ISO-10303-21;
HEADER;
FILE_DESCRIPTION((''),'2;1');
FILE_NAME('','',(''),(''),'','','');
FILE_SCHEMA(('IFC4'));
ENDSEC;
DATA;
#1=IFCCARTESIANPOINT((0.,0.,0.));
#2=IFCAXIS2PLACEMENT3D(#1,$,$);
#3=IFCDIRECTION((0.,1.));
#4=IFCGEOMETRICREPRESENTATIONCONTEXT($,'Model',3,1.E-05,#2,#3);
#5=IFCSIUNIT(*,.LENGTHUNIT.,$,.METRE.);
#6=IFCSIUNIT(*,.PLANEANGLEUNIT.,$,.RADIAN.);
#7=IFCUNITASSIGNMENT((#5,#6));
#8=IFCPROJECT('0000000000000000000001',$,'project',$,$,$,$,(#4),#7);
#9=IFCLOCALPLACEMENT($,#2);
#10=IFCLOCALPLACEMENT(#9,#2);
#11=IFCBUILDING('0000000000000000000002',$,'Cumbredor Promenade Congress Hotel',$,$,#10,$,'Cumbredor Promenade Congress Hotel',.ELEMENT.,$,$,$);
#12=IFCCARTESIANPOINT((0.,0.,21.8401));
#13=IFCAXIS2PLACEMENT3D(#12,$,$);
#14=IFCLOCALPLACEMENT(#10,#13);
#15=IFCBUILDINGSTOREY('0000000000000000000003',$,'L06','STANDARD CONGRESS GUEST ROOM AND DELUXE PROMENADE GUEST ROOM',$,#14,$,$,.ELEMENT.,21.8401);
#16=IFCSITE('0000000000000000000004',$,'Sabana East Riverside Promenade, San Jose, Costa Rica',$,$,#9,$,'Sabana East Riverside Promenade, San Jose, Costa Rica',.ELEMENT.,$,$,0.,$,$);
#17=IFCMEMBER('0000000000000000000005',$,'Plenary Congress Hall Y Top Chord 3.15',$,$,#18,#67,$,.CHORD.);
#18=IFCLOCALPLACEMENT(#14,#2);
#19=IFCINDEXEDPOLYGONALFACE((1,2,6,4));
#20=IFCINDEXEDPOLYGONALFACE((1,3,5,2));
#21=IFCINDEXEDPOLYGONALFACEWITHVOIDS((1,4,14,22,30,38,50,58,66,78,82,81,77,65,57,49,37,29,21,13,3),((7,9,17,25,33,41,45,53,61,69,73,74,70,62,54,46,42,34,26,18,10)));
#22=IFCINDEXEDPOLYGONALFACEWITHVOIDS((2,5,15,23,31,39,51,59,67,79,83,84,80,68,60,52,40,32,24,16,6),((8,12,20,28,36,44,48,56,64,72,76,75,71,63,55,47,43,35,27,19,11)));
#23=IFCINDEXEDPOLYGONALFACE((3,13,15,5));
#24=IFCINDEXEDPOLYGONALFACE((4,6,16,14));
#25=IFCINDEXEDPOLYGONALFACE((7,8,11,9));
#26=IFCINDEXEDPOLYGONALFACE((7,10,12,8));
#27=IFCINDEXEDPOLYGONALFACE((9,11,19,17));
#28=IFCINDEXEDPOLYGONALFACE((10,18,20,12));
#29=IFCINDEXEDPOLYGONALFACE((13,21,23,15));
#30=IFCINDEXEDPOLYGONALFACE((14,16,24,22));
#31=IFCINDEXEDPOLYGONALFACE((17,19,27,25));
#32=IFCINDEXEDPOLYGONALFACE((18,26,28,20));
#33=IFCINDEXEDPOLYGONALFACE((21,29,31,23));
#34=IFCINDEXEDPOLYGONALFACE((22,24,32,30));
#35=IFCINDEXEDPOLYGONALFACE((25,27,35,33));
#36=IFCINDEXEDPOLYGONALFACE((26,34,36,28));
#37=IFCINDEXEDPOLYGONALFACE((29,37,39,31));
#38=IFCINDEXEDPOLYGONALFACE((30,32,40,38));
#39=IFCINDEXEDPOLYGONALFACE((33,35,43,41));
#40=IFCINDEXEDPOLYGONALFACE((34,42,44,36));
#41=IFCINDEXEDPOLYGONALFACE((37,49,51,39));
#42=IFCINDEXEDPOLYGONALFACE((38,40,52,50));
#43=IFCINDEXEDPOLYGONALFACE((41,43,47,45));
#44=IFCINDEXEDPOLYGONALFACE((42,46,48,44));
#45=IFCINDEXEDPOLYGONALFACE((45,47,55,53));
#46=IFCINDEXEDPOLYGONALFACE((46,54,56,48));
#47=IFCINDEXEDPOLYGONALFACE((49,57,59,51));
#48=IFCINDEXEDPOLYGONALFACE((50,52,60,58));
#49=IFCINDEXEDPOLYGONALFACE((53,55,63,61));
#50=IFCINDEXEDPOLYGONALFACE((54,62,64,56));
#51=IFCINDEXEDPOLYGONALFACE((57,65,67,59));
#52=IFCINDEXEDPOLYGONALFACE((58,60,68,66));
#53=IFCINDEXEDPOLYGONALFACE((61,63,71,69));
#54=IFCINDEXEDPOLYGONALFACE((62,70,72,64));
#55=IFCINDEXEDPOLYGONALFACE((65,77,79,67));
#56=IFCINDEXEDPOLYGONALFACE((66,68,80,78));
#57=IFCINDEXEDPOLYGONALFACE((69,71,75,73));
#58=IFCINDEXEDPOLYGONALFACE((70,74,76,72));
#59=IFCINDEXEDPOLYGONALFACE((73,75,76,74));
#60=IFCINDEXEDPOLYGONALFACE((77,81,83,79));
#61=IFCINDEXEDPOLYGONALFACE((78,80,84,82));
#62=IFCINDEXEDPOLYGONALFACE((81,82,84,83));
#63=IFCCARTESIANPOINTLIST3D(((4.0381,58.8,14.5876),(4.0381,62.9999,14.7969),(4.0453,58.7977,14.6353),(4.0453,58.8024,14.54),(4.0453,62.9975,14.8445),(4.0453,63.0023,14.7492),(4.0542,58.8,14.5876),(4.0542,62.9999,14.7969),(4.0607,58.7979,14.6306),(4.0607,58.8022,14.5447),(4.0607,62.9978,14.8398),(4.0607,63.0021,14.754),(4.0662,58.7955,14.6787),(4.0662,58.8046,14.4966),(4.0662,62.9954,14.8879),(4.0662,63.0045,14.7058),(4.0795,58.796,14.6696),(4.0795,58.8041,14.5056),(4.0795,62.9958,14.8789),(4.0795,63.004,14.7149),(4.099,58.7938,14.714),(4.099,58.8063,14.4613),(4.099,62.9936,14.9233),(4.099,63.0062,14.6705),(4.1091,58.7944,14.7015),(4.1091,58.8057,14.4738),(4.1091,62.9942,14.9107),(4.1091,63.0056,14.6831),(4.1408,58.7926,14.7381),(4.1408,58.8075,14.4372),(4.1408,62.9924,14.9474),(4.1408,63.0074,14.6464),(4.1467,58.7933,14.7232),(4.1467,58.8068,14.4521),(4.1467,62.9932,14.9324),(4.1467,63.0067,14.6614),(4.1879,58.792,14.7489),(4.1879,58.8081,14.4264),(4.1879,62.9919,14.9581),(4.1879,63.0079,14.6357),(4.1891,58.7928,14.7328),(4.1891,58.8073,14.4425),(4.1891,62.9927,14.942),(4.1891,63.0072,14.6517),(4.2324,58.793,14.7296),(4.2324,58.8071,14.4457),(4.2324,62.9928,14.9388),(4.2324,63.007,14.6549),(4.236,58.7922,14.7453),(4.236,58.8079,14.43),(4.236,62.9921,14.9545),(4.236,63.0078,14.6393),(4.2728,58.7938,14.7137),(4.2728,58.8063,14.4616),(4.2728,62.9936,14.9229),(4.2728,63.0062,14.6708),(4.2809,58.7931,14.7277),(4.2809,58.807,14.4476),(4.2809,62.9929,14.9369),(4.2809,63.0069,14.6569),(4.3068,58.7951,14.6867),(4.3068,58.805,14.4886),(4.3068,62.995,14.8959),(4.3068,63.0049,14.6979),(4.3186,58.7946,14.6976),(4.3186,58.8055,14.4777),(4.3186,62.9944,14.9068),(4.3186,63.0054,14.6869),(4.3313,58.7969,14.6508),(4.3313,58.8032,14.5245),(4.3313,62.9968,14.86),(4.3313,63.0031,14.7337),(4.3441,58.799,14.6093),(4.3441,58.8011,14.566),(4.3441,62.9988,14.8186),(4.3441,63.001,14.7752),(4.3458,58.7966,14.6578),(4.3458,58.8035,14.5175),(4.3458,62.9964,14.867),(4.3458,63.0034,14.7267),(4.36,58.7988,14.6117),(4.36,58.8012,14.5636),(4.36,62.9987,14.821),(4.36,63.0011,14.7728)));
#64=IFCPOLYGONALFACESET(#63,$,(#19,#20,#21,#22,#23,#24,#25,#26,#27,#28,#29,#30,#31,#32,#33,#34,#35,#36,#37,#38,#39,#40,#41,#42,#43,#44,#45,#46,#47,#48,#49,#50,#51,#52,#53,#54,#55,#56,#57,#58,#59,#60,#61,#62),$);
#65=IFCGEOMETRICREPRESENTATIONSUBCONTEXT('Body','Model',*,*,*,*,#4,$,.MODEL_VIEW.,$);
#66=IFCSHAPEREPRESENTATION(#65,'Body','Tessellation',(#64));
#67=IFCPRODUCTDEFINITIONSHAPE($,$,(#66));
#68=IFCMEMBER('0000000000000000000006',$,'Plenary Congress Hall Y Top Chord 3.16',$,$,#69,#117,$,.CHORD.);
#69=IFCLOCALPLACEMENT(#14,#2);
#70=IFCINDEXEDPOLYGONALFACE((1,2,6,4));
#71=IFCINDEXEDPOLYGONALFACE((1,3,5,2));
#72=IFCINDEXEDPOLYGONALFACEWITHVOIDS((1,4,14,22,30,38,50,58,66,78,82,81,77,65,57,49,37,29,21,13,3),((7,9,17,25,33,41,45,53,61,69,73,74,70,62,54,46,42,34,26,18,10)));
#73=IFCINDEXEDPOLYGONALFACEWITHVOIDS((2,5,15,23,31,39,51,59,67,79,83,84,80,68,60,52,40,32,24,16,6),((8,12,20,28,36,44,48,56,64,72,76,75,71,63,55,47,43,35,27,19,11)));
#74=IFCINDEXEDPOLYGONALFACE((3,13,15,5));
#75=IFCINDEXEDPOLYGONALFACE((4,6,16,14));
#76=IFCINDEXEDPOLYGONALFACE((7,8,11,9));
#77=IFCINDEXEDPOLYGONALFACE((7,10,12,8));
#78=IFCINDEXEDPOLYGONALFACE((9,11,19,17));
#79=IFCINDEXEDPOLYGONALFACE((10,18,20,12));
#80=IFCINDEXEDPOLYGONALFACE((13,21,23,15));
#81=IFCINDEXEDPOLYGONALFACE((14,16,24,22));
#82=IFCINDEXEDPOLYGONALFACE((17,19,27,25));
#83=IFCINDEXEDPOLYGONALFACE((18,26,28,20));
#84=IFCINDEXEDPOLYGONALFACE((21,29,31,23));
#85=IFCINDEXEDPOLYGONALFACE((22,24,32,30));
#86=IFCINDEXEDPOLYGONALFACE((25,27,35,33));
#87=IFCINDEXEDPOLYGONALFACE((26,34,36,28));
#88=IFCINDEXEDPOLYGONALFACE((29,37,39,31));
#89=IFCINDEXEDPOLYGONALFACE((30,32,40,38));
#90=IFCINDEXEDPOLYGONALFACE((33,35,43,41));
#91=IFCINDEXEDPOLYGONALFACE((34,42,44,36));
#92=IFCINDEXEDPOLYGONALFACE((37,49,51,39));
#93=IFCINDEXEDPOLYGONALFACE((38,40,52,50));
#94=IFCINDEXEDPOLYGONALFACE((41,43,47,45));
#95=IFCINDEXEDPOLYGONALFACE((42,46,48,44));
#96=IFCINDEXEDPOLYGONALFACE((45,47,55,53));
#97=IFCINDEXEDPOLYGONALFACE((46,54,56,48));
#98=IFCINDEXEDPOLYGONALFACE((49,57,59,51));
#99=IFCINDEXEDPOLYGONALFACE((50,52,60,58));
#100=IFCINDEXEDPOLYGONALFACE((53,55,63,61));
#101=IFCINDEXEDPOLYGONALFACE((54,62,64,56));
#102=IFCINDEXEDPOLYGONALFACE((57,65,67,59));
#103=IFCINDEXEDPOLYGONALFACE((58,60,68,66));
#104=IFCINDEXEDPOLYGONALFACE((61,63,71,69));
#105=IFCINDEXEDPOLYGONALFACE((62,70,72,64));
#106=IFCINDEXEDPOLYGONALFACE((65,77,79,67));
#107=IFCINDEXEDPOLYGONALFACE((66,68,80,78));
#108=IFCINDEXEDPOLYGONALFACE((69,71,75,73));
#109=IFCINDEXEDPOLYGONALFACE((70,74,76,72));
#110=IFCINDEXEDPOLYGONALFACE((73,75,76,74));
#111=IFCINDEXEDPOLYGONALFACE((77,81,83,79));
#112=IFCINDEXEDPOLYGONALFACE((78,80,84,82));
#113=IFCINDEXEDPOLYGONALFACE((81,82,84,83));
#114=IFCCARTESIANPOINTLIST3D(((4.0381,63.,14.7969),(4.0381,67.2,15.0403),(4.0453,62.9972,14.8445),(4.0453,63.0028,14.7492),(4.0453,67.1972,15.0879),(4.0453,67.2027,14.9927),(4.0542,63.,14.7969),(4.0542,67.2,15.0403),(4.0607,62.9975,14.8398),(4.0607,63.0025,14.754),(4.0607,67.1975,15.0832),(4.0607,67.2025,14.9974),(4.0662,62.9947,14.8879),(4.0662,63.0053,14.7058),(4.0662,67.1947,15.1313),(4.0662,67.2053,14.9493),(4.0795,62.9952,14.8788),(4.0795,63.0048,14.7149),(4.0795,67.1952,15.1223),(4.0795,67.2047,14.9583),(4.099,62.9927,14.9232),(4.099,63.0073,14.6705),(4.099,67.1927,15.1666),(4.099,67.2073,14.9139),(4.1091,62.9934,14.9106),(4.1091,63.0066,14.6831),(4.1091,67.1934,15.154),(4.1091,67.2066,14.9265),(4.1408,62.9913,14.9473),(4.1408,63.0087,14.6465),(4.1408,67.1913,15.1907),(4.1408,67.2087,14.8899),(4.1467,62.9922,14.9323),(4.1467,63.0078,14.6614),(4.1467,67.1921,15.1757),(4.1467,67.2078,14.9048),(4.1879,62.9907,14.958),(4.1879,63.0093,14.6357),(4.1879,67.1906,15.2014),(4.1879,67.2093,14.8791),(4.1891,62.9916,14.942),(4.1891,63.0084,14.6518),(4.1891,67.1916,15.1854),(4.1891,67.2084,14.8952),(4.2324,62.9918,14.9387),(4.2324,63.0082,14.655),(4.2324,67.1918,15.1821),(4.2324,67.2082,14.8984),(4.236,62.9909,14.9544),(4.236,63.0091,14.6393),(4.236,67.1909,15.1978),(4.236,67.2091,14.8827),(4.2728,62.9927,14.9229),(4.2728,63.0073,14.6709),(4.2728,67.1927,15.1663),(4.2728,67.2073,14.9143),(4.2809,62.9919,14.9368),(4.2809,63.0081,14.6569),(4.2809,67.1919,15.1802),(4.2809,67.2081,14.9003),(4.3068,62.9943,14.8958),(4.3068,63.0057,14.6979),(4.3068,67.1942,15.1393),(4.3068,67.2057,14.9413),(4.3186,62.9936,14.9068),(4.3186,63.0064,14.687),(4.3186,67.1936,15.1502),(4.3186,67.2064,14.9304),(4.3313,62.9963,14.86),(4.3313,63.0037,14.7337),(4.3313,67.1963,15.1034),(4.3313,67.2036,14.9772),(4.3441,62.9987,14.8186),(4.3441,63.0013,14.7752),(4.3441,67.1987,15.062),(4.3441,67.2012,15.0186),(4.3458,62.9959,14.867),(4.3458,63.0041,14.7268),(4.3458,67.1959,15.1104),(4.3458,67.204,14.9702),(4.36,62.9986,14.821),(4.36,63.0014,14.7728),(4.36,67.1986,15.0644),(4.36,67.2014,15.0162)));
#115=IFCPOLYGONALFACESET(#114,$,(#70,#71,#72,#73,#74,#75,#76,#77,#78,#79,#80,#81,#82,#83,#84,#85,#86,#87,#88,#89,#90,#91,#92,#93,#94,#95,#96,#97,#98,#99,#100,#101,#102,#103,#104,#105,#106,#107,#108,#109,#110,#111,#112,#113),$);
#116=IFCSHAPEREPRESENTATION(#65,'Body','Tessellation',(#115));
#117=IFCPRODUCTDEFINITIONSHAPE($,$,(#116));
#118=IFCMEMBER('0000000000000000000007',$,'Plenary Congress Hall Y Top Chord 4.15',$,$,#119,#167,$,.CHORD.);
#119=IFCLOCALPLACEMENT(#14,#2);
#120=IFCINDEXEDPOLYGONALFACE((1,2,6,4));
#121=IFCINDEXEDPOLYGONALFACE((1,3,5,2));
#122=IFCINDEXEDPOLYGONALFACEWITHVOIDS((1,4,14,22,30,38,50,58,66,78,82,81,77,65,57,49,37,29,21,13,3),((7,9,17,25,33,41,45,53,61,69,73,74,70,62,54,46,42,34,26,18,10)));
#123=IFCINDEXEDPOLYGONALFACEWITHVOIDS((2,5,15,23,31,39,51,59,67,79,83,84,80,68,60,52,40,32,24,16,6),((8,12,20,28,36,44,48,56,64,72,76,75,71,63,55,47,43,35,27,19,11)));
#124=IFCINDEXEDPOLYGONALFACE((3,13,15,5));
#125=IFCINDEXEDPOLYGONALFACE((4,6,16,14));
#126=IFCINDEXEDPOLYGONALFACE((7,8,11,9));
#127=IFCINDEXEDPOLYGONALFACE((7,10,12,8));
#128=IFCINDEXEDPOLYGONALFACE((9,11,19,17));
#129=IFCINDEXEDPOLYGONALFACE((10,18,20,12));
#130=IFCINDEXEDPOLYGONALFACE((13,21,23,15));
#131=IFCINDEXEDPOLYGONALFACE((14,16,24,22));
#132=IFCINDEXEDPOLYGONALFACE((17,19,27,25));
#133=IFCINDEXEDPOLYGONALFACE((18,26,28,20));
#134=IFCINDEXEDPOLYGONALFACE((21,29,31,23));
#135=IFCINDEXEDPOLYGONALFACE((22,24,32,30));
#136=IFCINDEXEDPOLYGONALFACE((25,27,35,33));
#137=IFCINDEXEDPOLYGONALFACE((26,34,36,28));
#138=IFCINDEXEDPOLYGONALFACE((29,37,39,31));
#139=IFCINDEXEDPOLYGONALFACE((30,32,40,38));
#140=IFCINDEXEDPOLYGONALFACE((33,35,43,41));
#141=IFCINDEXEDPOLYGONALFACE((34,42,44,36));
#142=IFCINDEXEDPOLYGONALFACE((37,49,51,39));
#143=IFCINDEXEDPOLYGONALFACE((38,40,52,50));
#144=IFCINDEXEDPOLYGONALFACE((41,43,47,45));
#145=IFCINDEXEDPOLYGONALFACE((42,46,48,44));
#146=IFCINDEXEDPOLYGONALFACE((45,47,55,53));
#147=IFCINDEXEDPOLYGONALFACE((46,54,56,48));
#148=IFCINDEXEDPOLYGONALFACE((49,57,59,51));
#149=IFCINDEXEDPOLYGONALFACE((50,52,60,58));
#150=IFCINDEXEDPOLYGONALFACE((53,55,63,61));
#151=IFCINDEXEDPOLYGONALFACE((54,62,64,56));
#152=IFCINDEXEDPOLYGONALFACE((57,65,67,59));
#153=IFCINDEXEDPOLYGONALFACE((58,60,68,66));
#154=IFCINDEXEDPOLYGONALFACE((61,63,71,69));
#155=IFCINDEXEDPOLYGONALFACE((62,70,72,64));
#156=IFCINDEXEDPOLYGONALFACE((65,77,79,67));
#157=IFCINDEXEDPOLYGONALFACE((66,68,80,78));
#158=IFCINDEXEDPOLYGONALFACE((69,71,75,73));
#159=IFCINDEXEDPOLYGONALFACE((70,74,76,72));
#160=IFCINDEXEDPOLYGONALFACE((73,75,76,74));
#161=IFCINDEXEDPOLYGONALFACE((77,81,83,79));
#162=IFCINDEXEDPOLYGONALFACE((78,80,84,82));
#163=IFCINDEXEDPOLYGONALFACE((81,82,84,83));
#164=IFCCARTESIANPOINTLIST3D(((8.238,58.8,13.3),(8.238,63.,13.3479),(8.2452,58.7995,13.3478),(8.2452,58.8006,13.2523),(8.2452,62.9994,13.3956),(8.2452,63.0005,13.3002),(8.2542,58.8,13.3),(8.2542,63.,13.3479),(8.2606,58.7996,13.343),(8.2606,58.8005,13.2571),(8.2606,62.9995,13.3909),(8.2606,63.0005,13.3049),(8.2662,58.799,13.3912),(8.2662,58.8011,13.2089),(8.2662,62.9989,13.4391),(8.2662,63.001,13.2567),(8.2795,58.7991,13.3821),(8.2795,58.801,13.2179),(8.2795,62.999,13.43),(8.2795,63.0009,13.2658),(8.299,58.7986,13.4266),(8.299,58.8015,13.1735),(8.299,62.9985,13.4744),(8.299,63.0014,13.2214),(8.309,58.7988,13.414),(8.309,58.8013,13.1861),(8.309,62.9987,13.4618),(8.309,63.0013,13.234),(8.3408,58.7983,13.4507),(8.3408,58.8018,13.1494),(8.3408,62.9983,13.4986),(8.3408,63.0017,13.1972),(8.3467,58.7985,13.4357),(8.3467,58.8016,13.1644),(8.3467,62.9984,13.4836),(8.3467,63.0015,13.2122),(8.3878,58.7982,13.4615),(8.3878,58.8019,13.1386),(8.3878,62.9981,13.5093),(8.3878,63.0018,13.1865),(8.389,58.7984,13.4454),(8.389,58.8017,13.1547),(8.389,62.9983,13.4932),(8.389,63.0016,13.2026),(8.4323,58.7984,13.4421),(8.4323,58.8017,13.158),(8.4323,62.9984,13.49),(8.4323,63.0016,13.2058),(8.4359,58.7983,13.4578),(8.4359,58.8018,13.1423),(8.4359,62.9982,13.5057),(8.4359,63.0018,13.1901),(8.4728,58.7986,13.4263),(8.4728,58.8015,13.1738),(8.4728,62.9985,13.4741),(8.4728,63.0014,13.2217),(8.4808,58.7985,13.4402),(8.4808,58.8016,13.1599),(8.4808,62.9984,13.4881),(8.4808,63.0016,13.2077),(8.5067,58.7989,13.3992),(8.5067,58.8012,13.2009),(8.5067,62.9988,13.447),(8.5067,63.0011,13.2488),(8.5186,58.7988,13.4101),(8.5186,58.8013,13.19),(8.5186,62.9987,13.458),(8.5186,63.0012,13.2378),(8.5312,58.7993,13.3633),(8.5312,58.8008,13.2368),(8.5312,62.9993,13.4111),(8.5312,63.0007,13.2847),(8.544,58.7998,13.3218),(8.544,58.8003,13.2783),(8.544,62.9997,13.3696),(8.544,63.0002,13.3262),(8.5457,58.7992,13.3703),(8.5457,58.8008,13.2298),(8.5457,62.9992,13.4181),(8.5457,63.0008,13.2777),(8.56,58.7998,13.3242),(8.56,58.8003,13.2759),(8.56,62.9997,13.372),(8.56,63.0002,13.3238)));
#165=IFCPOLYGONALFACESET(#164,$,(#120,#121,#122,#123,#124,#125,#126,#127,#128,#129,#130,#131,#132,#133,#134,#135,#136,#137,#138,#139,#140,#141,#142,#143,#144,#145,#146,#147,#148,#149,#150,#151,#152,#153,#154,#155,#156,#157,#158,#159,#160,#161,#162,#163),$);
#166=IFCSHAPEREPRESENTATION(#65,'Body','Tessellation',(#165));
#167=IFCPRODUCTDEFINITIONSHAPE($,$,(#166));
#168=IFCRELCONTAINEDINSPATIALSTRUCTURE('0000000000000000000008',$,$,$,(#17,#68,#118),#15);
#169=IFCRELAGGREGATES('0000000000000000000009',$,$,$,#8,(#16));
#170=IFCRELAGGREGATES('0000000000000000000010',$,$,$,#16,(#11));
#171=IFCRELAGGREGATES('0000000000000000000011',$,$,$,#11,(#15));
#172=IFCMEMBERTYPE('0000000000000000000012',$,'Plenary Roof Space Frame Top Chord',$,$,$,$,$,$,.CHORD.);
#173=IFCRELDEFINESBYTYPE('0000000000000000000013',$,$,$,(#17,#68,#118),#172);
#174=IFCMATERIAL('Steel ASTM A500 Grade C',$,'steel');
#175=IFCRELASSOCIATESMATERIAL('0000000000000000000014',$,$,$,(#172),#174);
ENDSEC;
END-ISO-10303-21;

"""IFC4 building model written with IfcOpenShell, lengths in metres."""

from ifc_helpers import new_model, si_unit, direction, frame, origin, origin_2d, place, context, subcontext, project, spatial, hollow_circle, extrude, material, material_profile, profile_set, type_object, element, save


model = new_model("IFC4")

# Units and contexts
model_context = context("Model", 3, precision=1e-05, world=origin(), true_north=direction((0.0, 1.0)))
body_context = subcontext(model_context, "Body", "Model", "MODEL_VIEW")
ifc_project = project(units=[si_unit("LENGTHUNIT", "METRE"), si_unit("PLANEANGLEUNIT", "RADIAN")], contexts=[model_context])

# Site, building, storey
site_placement = place(None, origin())
site = spatial("IfcSite", under=ifc_project, at=site_placement, Name="Sabana East Riverside Promenade, San Jose, Costa Rica", LongName="Sabana East Riverside Promenade, San Jose, Costa Rica", CompositionType="ELEMENT", RefElevation=0.0)
building_placement = place(site_placement, origin())
building = spatial("IfcBuilding", under=site, at=building_placement, Name="Cumbredor Promenade Congress Hotel", LongName="Cumbredor Promenade Congress Hotel", CompositionType="ELEMENT")
storey_placement = place(building_placement, frame((0.0, 0.0, 21.8401)))
storey = spatial("IfcBuildingStorey", under=building, at=storey_placement, Name="L06", Description="STANDARD CONGRESS GUEST ROOM AND DELUXE PROMENADE GUEST ROOM", CompositionType="ELEMENT", Elevation=21.8401)

# Members
ifc_material_1 = material(Name="Steel ASTM A500 Grade C", Category="steel")
ifc_material_profile_1 = material_profile(ifc_material_1, hollow_circle(Radius=0.1619, WallThickness=0.0161, at=origin_2d()), Name="CHS 323.9x16")
ifc_profile_set_1 = profile_set([ifc_material_profile_1], Name="Steel ASTM A500 Grade C")
member_type_1 = type_object("IfcMemberType", Name="Plenary Roof Space Frame Top Chord", PredefinedType="CHORD", material=ifc_profile_set_1)
member_1_placement = place(storey_placement, frame((4.2, 58.8, 14.5876), z_axis=(0.0, 0.998761, 0.049755), x_axis=(-1.0, 0.0, 0.0)))
element("IfcMember", 1, at=member_1_placement, inside=storey, type_object=member_type_1, Name="Plenary Congress Hall Y Top Chord 3.15", PredefinedType="CHORD", context=body_context, shape_type="SweptSolid", body=[
    extrude(hollow_circle(Radius=0.1619, WallThickness=0.0161, at=origin_2d()), origin(), (0.0, 0.0, 1.0), 4.2051),
])
member_2_placement = place(storey_placement, frame((4.2, 63.0, 14.7969), z_axis=(0.0, 0.998325, 0.057858), x_axis=(-1.0, 0.0, 0.0)))
element("IfcMember", 2, at=member_2_placement, inside=storey, type_object=member_type_1, Name="Plenary Congress Hall Y Top Chord 3.16", PredefinedType="CHORD", context=body_context, shape_type="SweptSolid", body=[
    extrude(hollow_circle(Radius=0.1619, WallThickness=0.0161, at=origin_2d()), origin(), (0.0, 0.0, 1.0), 4.207),
])
member_3_placement = place(storey_placement, frame((8.3999, 58.8, 13.3), z_axis=(0.0, 0.999935, 0.011393), x_axis=(-1.0, 0.0, 0.0)))
element("IfcMember", 3, at=member_3_placement, inside=storey, type_object=member_type_1, Name="Plenary Congress Hall Y Top Chord 4.15", PredefinedType="CHORD", context=body_context, shape_type="SweptSolid", body=[
    extrude(hollow_circle(Radius=0.1619, WallThickness=0.0161, at=origin_2d()), origin(), (0.0, 0.0, 1.0), 4.2002),
])

save(model, "model.ifc")
